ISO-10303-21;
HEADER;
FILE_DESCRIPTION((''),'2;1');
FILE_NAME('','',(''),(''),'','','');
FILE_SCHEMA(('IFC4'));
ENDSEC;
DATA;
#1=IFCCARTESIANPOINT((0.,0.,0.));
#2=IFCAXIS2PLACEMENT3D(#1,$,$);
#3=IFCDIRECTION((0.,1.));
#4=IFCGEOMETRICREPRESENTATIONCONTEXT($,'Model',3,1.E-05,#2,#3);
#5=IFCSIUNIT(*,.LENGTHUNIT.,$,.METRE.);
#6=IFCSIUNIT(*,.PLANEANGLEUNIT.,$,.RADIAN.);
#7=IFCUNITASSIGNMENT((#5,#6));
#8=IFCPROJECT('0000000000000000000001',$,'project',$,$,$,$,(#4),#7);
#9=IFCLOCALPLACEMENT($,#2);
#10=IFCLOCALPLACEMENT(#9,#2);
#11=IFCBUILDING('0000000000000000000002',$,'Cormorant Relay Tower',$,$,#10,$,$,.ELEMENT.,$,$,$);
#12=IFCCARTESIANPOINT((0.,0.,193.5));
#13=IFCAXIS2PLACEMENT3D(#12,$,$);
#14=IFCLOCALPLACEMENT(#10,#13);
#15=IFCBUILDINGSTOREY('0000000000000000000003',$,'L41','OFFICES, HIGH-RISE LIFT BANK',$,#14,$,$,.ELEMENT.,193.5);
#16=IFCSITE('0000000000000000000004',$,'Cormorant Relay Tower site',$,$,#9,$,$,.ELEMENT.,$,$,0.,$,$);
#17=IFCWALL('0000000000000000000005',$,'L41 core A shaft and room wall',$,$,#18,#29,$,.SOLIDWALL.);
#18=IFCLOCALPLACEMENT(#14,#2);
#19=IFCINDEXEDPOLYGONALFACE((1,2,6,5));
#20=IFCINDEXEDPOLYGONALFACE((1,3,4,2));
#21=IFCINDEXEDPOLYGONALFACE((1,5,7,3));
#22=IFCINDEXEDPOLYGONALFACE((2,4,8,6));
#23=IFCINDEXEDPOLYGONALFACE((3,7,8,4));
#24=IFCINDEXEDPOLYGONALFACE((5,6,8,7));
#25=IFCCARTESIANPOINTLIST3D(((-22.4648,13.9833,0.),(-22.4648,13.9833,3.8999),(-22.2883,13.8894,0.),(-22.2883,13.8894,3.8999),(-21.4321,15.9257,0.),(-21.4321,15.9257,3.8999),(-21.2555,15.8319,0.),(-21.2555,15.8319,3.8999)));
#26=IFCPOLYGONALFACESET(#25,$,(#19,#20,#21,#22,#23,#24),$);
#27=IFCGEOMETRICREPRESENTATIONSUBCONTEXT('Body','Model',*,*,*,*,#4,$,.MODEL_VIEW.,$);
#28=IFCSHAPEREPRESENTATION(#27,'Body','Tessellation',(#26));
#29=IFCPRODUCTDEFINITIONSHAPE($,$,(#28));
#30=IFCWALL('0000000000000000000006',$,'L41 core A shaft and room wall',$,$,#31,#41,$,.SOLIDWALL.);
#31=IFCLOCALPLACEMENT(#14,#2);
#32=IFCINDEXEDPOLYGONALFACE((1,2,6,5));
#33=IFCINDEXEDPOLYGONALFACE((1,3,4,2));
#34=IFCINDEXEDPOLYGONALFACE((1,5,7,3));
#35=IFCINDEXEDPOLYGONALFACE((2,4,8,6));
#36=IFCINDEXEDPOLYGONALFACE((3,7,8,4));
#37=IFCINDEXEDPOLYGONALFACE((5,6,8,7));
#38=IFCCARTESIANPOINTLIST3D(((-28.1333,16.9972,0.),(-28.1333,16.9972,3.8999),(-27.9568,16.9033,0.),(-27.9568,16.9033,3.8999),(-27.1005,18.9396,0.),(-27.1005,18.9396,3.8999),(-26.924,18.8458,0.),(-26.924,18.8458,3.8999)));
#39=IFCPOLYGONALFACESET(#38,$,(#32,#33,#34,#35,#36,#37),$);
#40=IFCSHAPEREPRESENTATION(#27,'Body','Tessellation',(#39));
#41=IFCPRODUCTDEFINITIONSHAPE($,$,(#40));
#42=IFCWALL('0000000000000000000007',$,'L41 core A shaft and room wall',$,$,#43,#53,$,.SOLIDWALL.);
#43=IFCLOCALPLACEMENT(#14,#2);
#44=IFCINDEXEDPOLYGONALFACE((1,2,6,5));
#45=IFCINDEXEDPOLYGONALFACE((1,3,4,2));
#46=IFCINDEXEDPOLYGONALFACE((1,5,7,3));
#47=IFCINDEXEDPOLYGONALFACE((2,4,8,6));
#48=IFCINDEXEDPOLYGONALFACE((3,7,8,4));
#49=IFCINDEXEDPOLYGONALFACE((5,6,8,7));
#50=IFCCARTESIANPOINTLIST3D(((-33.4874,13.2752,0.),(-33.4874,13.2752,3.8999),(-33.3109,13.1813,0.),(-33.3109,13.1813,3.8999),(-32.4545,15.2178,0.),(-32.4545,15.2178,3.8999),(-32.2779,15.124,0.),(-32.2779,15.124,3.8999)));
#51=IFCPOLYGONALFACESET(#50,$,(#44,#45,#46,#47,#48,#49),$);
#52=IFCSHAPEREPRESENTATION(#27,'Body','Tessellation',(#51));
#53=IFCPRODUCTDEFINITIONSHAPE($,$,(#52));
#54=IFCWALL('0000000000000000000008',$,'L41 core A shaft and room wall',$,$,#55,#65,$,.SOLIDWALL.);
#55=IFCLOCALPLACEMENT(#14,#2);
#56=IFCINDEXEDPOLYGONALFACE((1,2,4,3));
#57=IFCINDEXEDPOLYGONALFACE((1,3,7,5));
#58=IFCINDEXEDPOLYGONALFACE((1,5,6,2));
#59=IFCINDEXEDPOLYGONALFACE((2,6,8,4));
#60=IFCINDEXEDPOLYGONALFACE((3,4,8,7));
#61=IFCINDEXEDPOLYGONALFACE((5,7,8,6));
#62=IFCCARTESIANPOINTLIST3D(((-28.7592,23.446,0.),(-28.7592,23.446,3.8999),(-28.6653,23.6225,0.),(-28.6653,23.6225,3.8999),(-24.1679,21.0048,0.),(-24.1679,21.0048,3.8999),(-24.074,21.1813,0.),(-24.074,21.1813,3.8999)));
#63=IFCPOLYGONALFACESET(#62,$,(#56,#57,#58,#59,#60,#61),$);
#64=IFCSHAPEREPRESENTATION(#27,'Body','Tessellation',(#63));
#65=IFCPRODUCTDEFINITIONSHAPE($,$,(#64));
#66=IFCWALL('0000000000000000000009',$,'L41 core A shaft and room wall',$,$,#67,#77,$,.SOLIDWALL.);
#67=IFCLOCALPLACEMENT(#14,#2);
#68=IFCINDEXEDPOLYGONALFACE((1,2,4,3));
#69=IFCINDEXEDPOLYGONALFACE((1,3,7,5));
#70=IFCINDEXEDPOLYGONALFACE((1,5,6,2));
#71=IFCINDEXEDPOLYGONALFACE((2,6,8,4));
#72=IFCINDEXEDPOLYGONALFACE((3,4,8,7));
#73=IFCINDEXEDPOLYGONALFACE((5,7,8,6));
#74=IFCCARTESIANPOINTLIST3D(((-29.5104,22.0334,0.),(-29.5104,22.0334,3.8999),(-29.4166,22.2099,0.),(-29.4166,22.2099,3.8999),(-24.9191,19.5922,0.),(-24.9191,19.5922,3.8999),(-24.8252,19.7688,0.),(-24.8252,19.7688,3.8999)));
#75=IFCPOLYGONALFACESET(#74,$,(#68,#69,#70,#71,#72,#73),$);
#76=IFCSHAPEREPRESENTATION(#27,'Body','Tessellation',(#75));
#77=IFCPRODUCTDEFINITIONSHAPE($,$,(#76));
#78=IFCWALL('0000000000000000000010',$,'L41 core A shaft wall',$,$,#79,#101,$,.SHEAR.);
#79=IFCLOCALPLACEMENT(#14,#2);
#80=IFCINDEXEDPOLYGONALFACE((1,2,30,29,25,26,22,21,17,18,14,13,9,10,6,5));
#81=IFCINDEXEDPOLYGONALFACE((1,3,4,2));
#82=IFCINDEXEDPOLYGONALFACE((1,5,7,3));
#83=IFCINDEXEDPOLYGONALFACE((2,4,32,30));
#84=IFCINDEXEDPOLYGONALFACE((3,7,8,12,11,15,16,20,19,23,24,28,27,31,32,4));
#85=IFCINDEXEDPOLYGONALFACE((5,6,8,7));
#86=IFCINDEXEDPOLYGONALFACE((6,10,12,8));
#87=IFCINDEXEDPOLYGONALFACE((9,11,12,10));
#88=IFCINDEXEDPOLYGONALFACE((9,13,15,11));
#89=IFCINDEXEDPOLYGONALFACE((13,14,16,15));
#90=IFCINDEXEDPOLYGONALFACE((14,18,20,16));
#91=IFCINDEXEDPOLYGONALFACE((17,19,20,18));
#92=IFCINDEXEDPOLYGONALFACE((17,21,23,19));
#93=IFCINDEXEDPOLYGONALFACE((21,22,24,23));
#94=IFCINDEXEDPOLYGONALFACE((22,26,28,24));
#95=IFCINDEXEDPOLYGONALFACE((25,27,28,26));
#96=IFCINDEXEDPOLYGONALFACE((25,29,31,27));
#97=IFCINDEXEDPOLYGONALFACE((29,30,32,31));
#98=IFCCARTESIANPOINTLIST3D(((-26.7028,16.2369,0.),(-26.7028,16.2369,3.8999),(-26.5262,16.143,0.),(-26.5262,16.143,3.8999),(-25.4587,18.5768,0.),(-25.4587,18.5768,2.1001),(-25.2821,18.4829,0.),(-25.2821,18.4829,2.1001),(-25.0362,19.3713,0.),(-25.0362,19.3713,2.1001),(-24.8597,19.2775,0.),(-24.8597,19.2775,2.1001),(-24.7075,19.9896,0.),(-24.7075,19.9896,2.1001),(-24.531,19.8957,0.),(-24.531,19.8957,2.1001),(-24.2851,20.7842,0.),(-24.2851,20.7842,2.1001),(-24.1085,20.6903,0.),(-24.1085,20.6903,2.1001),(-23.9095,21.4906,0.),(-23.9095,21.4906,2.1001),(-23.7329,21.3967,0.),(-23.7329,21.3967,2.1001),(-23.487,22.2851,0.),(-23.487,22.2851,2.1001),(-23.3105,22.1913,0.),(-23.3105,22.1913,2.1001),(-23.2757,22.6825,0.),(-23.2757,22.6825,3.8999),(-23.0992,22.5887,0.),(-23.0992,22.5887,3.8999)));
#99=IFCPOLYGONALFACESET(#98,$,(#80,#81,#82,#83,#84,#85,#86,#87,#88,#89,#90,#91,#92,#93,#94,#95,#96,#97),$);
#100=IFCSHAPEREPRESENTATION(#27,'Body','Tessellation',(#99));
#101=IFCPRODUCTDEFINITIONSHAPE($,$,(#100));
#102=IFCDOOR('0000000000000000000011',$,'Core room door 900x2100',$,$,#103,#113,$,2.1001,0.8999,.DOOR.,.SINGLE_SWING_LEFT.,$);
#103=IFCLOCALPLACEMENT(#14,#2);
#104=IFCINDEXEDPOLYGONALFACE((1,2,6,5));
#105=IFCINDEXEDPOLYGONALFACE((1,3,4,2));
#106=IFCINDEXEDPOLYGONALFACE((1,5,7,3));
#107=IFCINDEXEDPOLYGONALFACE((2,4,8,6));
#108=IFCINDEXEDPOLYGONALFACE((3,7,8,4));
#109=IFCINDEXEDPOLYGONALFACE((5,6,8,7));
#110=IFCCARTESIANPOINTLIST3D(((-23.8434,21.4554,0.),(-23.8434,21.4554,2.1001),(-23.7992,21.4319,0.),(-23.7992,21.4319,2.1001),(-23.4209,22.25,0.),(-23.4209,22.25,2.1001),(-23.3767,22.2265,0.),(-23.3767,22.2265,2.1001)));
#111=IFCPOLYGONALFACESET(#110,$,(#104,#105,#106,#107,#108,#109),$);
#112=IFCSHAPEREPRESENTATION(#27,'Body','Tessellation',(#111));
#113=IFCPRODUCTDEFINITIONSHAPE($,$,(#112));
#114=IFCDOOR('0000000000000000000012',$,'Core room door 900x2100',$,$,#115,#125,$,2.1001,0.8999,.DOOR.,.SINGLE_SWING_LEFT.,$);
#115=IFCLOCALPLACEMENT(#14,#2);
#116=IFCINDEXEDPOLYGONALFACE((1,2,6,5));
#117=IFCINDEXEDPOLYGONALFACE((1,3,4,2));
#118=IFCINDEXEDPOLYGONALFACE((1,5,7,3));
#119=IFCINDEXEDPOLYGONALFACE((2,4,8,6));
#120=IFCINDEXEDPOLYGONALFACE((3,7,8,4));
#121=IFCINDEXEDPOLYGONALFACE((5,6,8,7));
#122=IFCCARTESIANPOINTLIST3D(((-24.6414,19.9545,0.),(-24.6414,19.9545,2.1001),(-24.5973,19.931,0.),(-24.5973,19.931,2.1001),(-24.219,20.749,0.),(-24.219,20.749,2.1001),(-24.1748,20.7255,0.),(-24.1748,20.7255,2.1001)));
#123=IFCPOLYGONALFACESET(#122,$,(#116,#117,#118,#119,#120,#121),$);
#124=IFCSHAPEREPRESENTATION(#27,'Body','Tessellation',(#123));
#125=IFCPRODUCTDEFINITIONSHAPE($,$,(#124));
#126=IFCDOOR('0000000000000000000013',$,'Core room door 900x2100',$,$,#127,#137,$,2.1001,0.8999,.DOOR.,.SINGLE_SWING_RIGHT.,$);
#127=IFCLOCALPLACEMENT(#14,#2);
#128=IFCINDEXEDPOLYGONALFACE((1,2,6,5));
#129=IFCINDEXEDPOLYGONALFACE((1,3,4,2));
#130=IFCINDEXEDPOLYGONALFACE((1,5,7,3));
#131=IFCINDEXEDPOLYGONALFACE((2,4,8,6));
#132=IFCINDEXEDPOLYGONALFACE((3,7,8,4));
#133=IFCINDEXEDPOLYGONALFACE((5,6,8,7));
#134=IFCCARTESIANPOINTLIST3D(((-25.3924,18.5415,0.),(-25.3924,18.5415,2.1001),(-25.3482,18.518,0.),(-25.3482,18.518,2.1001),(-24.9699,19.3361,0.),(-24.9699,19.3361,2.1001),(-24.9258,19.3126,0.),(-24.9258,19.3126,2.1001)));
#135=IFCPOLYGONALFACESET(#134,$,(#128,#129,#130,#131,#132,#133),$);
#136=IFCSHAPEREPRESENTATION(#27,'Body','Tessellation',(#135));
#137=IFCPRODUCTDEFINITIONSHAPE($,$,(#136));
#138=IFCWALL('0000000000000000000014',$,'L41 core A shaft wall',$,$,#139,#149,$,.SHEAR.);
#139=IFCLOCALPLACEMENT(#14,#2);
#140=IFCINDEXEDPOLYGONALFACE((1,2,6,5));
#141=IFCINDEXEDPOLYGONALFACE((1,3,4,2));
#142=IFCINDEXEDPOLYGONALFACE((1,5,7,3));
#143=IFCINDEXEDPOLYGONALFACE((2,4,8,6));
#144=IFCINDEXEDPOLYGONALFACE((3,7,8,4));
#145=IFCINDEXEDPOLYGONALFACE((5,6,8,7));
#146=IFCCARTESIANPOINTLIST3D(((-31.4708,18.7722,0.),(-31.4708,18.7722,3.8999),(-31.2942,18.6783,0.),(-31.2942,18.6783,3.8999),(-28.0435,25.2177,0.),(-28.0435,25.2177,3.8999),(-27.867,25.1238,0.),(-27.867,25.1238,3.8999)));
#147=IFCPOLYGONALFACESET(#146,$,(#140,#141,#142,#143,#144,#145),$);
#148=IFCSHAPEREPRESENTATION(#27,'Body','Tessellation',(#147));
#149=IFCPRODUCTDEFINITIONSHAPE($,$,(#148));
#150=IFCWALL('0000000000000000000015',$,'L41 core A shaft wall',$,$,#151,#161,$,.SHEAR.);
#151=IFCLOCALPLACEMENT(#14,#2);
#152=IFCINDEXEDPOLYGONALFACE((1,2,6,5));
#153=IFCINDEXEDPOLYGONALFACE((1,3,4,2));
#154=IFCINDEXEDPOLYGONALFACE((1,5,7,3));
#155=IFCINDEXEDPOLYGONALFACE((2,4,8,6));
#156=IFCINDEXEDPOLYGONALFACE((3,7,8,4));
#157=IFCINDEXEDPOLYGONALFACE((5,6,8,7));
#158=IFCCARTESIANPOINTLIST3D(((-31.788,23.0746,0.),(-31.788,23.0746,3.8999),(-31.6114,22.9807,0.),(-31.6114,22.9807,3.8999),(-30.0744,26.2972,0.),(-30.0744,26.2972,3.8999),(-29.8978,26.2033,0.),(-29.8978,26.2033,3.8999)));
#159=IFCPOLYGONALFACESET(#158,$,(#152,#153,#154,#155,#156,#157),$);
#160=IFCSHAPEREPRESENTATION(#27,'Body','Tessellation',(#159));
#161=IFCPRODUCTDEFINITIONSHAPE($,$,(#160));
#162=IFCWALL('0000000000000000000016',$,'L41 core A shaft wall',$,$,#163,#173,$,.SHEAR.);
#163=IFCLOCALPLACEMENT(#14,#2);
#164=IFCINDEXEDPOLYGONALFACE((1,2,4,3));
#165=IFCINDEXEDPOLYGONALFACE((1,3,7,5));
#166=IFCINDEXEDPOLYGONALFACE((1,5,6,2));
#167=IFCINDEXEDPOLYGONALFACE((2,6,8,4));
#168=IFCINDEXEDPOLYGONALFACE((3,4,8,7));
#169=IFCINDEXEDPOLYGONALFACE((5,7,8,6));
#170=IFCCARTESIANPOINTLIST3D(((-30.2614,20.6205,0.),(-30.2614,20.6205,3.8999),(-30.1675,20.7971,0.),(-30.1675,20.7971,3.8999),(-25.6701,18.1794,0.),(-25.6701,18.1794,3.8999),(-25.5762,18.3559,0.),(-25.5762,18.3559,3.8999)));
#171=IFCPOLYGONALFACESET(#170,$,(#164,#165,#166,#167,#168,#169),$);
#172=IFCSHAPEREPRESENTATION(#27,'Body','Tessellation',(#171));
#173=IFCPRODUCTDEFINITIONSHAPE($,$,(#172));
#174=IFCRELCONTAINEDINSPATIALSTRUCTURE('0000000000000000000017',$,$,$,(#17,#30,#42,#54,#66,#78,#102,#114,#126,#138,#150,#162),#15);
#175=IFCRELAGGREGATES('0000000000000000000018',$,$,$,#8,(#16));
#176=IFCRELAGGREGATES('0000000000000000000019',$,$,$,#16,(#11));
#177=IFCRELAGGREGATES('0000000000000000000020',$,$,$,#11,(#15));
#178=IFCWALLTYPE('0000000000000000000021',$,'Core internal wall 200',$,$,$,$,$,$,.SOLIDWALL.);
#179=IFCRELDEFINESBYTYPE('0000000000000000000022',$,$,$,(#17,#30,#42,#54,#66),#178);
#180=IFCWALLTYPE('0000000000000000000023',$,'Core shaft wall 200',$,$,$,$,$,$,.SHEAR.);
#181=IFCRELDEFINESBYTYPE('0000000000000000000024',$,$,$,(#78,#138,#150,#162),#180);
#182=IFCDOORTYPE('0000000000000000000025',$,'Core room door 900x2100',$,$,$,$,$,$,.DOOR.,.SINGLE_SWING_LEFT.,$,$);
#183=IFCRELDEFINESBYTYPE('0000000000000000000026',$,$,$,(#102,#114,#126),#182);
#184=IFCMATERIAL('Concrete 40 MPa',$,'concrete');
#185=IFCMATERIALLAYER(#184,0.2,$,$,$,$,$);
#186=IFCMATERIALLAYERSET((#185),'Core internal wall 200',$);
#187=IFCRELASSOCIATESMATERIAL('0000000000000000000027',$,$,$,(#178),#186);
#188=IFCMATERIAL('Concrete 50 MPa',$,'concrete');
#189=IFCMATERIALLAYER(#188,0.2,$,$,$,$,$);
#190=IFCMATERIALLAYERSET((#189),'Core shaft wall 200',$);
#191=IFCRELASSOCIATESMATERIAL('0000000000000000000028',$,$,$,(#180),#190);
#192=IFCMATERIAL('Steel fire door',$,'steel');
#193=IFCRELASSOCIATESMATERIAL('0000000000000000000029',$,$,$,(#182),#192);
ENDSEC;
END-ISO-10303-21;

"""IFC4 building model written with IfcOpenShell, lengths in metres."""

from ifc_helpers import new_model, si_unit, direction, frame, frame_2d, origin, place, context, subcontext, project, spatial, rectangle, extrude, material, layer, layer_set, type_object, element, fill, save


model = new_model("IFC4")

# Units and contexts
model_context = context("Model", 3, precision=1e-05, world=origin(), true_north=direction((0.0, 1.0)))
body_context = subcontext(model_context, "Body", "Model", "MODEL_VIEW")
ifc_project = project(units=[si_unit("LENGTHUNIT", "METRE"), si_unit("PLANEANGLEUNIT", "RADIAN")], contexts=[model_context])

# Site, building, storey
site_placement = place(None, origin())
site = spatial("IfcSite", under=ifc_project, at=site_placement, Name="Cormorant Relay Tower site", CompositionType="ELEMENT", RefElevation=0.0)
building_placement = place(site_placement, origin())
building = spatial("IfcBuilding", under=site, at=building_placement, Name="Cormorant Relay Tower", CompositionType="ELEMENT")
storey_placement = place(building_placement, frame((0.0, 0.0, 193.5)))
storey = spatial("IfcBuildingStorey", under=building, at=storey_placement, Name="L41", Description="OFFICES, HIGH-RISE LIFT BANK", CompositionType="ELEMENT", Elevation=193.5)

# Walls
ifc_material_1 = material(Name="Concrete 40 MPa", Category="concrete")
ifc_layer_1 = layer(ifc_material_1, 0.2)
ifc_layer_set_1 = layer_set([ifc_layer_1], Name="Core internal wall 200")
wall_type_1 = type_object("IfcWallType", Name="Core internal wall 200", PredefinedType="SOLIDWALL", material=ifc_layer_set_1)
for number, where, z_axis, x_axis, name in (
    (1, (-21.3438, 15.8789, 0.0), (0.0, 0.0, 1.0), (-0.469447, -0.88296, 0.0), "L41 core A shaft and room wall"),
    (2, (-27.0122, 18.8928, 0.0), (0.0, 0.0, 1.0), (-0.469447, -0.88296, 0.0), "L41 core A shaft and room wall"),
):
    element("IfcWall", number, at=place(storey_placement, frame(where, z_axis=z_axis, x_axis=x_axis)), inside=storey, type_object=wall_type_1, Name=name, PredefinedType="SOLIDWALL", context=body_context, shape_type="SweptSolid", body=[
        extrude(rectangle(XDim=2.2, YDim=0.2, at=frame_2d((1.1001, 0.0))), origin(), (0.0, 0.0, 1.0), 3.8999),
    ])
wall_1_placement = place(storey_placement, frame((-32.3662, 15.1709, 0.0), z_axis=(0.0, 0.0, 1.0), x_axis=(-0.469488, -0.882939, 0.0)))
element("IfcWall", 3, at=wall_1_placement, inside=storey, type_object=wall_type_1, Name="L41 core A shaft and room wall", PredefinedType="SOLIDWALL", context=body_context, shape_type="SweptSolid", body=[
    extrude(rectangle(XDim=2.2002, YDim=0.2, at=frame_2d((1.1001, 0.0))), origin(), (0.0, 0.0, 1.0), 3.8999),
])
for number, where, z_axis, x_axis, name in (
    (4, (-24.1208, 21.093, 0.0), (0.0, 0.0, 1.0), (-0.882954, 0.46946, 0.0), "L41 core A shaft and room wall"),
    (5, (-24.8721, 19.6804, 0.0), (0.0, 0.0, 1.0), (-0.882954, 0.46946, 0.0), "L41 core A shaft and room wall"),
):
    element("IfcWall", number, at=place(storey_placement, frame(where, z_axis=z_axis, x_axis=x_axis)), inside=storey, type_object=wall_type_1, Name=name, PredefinedType="SOLIDWALL", context=body_context, shape_type="SweptSolid", body=[
        extrude(rectangle(XDim=5.2, YDim=0.2, at=frame_2d((2.6001, 0.0))), origin(), (0.0, 0.0, 1.0), 3.8999),
    ])

# Wall, openings, doors
ifc_material_2 = material(Name="Concrete 50 MPa", Category="concrete")
ifc_layer_2 = layer(ifc_material_2, 0.2)
ifc_layer_set_2 = layer_set([ifc_layer_2], Name="Core shaft wall 200")
wall_type_2 = type_object("IfcWallType", Name="Core shaft wall 200", PredefinedType="SHEAR", material=ifc_layer_set_2)
wall_2_placement = place(storey_placement, frame((-23.1875, 22.6355, 0.0), z_axis=(0.0, 0.0, 1.0), x_axis=(-0.469454, -0.882957, 0.0)))
wall_2 = element("IfcWall", 6, at=wall_2_placement, inside=storey, type_object=wall_type_2, Name="L41 core A shaft wall", PredefinedType="SHEAR", context=body_context, shape_type="SweptSolid", body=[
    extrude(rectangle(XDim=7.3, YDim=0.2, at=frame_2d((3.6499, 0.0))), origin(), (0.0, 0.0, 1.0), 3.8999),
])
opening_1_placement = place(wall_2_placement, frame((0.45, 0.0, 0.0)))
opening_1 = element("IfcOpeningElement", 7, at=opening_1_placement, cuts=wall_2, PredefinedType="OPENING", context=body_context, shape_type="SweptSolid", body=[
    extrude(rectangle(XDim=0.8999, YDim=2.1001, at=frame_2d((0.45, 1.05))), frame((0.0, 0.1099, 0.0), z_axis=(0.0, -1.0, 0.0), x_axis=(1.0, 0.0, 0.0)), (0.0, 0.0, 1.0), 0.22),
])
opening_2_placement = place(wall_2_placement, frame((2.1499, 0.0, 0.0)))
opening_2 = element("IfcOpeningElement", 8, at=opening_2_placement, cuts=wall_2, PredefinedType="OPENING", context=body_context, shape_type="SweptSolid", body=[
    extrude(rectangle(XDim=0.8999, YDim=2.1001, at=frame_2d((0.45, 1.05))), frame((0.0, 0.1099, 0.0), z_axis=(0.0, -1.0, 0.0), x_axis=(1.0, 0.0, 0.0)), (0.0, 0.0, 1.0), 0.22),
])
opening_3_placement = place(wall_2_placement, frame((3.75, 0.0, 0.0)))
opening_3 = element("IfcOpeningElement", 9, at=opening_3_placement, cuts=wall_2, PredefinedType="OPENING", context=body_context, shape_type="SweptSolid", body=[
    extrude(rectangle(XDim=0.8999, YDim=2.1001, at=frame_2d((0.45, 1.05))), frame((0.0, 0.1099, 0.0), z_axis=(0.0, -1.0, 0.0), x_axis=(1.0, 0.0, 0.0)), (0.0, 0.0, 1.0), 0.22),
])
ifc_material_3 = material(Name="Steel fire door", Category="steel")
door_type_1 = type_object("IfcDoorType", Name="Core room door 900x2100", OperationType="SINGLE_SWING_LEFT", PredefinedType="DOOR", material=ifc_material_3)
door_1_placement = place(opening_1_placement, origin())
door_1 = element("IfcDoor", 10, at=door_1_placement, inside=storey, type_object=door_type_1, Name="Core room door 900x2100", OperationType="SINGLE_SWING_LEFT", OverallHeight=2.1001, OverallWidth=0.8999, PredefinedType="DOOR", context=body_context, shape_type="SweptSolid", body=[
    extrude(rectangle(XDim=0.8999, YDim=2.1001, at=frame_2d((0.45, 1.05))), frame((0.0, 0.0249, 0.0), z_axis=(0.0, -1.0, 0.0), x_axis=(1.0, 0.0, 0.0)), (0.0, 0.0, 1.0), 0.05),
])
fill(opening_1, door_1)
door_2_placement = place(opening_2_placement, origin())
door_2 = element("IfcDoor", 11, at=door_2_placement, inside=storey, type_object=door_type_1, Name="Core room door 900x2100", OperationType="SINGLE_SWING_LEFT", OverallHeight=2.1001, OverallWidth=0.8999, PredefinedType="DOOR", context=body_context, shape_type="SweptSolid", body=[
    extrude(rectangle(XDim=0.8999, YDim=2.1001, at=frame_2d((0.45, 1.05))), frame((0.0, 0.0249, 0.0), z_axis=(0.0, -1.0, 0.0), x_axis=(1.0, 0.0, 0.0)), (0.0, 0.0, 1.0), 0.05),
])
fill(opening_2, door_2)
door_3_placement = place(opening_3_placement, frame((0.8999, 0.0, 0.0), z_axis=(0.0, 0.0, 1.0), x_axis=(-1.0, 0.0, 0.0)))
door_3 = element("IfcDoor", 12, at=door_3_placement, inside=storey, type_object=door_type_1, Name="Core room door 900x2100", OperationType="SINGLE_SWING_RIGHT", OverallHeight=2.1001, OverallWidth=0.8999, PredefinedType="DOOR", context=body_context, shape_type="SweptSolid", body=[
    extrude(rectangle(XDim=0.8999, YDim=2.1001, at=frame_2d((0.45, 1.05))), frame((0.0, 0.0249, 0.0), z_axis=(0.0, -1.0, 0.0), x_axis=(1.0, 0.0, 0.0)), (0.0, 0.0, 1.0), 0.05),
])
fill(opening_3, door_3)

# Walls
wall_3_placement = place(storey_placement, frame((-27.9553, 25.1707, 0.0), z_axis=(0.0, 0.0, 1.0), x_axis=(-0.46948, -0.882943, 0.0)))
element("IfcWall", 13, at=wall_3_placement, inside=storey, type_object=wall_type_2, Name="L41 core A shaft wall", PredefinedType="SHEAR", context=body_context, shape_type="SweptSolid", body=[
    extrude(rectangle(XDim=7.3, YDim=0.2, at=frame_2d((3.6499, 0.0))), origin(), (0.0, 0.0, 1.0), 3.8999),
])
wall_4_placement = place(storey_placement, frame((-29.9861, 26.2502, 0.0), z_axis=(0.0, 0.0, 1.0), x_axis=(-0.469494, -0.882936, 0.0)))
element("IfcWall", 14, at=wall_4_placement, inside=storey, type_object=wall_type_2, Name="L41 core A shaft wall", PredefinedType="SHEAR", context=body_context, shape_type="SweptSolid", body=[
    extrude(rectangle(XDim=3.6499, YDim=0.2, at=frame_2d((1.825, 0.0))), origin(), (0.0, 0.0, 1.0), 3.8999),
])

# Wall
wall_5_placement = place(storey_placement, frame((-25.623, 18.2676, 0.0), z_axis=(0.0, 0.0, 1.0), x_axis=(-0.882954, 0.46946, 0.0)))
element("IfcWall", 15, at=wall_5_placement, inside=storey, type_object=wall_type_2, Name="L41 core A shaft wall", PredefinedType="SHEAR", context=body_context, shape_type="SweptSolid", body=[
    extrude(rectangle(XDim=5.2, YDim=0.2, at=frame_2d((2.6001, 0.0))), origin(), (0.0, 0.0, 1.0), 3.8999),
])

save(model, "model.ifc")
